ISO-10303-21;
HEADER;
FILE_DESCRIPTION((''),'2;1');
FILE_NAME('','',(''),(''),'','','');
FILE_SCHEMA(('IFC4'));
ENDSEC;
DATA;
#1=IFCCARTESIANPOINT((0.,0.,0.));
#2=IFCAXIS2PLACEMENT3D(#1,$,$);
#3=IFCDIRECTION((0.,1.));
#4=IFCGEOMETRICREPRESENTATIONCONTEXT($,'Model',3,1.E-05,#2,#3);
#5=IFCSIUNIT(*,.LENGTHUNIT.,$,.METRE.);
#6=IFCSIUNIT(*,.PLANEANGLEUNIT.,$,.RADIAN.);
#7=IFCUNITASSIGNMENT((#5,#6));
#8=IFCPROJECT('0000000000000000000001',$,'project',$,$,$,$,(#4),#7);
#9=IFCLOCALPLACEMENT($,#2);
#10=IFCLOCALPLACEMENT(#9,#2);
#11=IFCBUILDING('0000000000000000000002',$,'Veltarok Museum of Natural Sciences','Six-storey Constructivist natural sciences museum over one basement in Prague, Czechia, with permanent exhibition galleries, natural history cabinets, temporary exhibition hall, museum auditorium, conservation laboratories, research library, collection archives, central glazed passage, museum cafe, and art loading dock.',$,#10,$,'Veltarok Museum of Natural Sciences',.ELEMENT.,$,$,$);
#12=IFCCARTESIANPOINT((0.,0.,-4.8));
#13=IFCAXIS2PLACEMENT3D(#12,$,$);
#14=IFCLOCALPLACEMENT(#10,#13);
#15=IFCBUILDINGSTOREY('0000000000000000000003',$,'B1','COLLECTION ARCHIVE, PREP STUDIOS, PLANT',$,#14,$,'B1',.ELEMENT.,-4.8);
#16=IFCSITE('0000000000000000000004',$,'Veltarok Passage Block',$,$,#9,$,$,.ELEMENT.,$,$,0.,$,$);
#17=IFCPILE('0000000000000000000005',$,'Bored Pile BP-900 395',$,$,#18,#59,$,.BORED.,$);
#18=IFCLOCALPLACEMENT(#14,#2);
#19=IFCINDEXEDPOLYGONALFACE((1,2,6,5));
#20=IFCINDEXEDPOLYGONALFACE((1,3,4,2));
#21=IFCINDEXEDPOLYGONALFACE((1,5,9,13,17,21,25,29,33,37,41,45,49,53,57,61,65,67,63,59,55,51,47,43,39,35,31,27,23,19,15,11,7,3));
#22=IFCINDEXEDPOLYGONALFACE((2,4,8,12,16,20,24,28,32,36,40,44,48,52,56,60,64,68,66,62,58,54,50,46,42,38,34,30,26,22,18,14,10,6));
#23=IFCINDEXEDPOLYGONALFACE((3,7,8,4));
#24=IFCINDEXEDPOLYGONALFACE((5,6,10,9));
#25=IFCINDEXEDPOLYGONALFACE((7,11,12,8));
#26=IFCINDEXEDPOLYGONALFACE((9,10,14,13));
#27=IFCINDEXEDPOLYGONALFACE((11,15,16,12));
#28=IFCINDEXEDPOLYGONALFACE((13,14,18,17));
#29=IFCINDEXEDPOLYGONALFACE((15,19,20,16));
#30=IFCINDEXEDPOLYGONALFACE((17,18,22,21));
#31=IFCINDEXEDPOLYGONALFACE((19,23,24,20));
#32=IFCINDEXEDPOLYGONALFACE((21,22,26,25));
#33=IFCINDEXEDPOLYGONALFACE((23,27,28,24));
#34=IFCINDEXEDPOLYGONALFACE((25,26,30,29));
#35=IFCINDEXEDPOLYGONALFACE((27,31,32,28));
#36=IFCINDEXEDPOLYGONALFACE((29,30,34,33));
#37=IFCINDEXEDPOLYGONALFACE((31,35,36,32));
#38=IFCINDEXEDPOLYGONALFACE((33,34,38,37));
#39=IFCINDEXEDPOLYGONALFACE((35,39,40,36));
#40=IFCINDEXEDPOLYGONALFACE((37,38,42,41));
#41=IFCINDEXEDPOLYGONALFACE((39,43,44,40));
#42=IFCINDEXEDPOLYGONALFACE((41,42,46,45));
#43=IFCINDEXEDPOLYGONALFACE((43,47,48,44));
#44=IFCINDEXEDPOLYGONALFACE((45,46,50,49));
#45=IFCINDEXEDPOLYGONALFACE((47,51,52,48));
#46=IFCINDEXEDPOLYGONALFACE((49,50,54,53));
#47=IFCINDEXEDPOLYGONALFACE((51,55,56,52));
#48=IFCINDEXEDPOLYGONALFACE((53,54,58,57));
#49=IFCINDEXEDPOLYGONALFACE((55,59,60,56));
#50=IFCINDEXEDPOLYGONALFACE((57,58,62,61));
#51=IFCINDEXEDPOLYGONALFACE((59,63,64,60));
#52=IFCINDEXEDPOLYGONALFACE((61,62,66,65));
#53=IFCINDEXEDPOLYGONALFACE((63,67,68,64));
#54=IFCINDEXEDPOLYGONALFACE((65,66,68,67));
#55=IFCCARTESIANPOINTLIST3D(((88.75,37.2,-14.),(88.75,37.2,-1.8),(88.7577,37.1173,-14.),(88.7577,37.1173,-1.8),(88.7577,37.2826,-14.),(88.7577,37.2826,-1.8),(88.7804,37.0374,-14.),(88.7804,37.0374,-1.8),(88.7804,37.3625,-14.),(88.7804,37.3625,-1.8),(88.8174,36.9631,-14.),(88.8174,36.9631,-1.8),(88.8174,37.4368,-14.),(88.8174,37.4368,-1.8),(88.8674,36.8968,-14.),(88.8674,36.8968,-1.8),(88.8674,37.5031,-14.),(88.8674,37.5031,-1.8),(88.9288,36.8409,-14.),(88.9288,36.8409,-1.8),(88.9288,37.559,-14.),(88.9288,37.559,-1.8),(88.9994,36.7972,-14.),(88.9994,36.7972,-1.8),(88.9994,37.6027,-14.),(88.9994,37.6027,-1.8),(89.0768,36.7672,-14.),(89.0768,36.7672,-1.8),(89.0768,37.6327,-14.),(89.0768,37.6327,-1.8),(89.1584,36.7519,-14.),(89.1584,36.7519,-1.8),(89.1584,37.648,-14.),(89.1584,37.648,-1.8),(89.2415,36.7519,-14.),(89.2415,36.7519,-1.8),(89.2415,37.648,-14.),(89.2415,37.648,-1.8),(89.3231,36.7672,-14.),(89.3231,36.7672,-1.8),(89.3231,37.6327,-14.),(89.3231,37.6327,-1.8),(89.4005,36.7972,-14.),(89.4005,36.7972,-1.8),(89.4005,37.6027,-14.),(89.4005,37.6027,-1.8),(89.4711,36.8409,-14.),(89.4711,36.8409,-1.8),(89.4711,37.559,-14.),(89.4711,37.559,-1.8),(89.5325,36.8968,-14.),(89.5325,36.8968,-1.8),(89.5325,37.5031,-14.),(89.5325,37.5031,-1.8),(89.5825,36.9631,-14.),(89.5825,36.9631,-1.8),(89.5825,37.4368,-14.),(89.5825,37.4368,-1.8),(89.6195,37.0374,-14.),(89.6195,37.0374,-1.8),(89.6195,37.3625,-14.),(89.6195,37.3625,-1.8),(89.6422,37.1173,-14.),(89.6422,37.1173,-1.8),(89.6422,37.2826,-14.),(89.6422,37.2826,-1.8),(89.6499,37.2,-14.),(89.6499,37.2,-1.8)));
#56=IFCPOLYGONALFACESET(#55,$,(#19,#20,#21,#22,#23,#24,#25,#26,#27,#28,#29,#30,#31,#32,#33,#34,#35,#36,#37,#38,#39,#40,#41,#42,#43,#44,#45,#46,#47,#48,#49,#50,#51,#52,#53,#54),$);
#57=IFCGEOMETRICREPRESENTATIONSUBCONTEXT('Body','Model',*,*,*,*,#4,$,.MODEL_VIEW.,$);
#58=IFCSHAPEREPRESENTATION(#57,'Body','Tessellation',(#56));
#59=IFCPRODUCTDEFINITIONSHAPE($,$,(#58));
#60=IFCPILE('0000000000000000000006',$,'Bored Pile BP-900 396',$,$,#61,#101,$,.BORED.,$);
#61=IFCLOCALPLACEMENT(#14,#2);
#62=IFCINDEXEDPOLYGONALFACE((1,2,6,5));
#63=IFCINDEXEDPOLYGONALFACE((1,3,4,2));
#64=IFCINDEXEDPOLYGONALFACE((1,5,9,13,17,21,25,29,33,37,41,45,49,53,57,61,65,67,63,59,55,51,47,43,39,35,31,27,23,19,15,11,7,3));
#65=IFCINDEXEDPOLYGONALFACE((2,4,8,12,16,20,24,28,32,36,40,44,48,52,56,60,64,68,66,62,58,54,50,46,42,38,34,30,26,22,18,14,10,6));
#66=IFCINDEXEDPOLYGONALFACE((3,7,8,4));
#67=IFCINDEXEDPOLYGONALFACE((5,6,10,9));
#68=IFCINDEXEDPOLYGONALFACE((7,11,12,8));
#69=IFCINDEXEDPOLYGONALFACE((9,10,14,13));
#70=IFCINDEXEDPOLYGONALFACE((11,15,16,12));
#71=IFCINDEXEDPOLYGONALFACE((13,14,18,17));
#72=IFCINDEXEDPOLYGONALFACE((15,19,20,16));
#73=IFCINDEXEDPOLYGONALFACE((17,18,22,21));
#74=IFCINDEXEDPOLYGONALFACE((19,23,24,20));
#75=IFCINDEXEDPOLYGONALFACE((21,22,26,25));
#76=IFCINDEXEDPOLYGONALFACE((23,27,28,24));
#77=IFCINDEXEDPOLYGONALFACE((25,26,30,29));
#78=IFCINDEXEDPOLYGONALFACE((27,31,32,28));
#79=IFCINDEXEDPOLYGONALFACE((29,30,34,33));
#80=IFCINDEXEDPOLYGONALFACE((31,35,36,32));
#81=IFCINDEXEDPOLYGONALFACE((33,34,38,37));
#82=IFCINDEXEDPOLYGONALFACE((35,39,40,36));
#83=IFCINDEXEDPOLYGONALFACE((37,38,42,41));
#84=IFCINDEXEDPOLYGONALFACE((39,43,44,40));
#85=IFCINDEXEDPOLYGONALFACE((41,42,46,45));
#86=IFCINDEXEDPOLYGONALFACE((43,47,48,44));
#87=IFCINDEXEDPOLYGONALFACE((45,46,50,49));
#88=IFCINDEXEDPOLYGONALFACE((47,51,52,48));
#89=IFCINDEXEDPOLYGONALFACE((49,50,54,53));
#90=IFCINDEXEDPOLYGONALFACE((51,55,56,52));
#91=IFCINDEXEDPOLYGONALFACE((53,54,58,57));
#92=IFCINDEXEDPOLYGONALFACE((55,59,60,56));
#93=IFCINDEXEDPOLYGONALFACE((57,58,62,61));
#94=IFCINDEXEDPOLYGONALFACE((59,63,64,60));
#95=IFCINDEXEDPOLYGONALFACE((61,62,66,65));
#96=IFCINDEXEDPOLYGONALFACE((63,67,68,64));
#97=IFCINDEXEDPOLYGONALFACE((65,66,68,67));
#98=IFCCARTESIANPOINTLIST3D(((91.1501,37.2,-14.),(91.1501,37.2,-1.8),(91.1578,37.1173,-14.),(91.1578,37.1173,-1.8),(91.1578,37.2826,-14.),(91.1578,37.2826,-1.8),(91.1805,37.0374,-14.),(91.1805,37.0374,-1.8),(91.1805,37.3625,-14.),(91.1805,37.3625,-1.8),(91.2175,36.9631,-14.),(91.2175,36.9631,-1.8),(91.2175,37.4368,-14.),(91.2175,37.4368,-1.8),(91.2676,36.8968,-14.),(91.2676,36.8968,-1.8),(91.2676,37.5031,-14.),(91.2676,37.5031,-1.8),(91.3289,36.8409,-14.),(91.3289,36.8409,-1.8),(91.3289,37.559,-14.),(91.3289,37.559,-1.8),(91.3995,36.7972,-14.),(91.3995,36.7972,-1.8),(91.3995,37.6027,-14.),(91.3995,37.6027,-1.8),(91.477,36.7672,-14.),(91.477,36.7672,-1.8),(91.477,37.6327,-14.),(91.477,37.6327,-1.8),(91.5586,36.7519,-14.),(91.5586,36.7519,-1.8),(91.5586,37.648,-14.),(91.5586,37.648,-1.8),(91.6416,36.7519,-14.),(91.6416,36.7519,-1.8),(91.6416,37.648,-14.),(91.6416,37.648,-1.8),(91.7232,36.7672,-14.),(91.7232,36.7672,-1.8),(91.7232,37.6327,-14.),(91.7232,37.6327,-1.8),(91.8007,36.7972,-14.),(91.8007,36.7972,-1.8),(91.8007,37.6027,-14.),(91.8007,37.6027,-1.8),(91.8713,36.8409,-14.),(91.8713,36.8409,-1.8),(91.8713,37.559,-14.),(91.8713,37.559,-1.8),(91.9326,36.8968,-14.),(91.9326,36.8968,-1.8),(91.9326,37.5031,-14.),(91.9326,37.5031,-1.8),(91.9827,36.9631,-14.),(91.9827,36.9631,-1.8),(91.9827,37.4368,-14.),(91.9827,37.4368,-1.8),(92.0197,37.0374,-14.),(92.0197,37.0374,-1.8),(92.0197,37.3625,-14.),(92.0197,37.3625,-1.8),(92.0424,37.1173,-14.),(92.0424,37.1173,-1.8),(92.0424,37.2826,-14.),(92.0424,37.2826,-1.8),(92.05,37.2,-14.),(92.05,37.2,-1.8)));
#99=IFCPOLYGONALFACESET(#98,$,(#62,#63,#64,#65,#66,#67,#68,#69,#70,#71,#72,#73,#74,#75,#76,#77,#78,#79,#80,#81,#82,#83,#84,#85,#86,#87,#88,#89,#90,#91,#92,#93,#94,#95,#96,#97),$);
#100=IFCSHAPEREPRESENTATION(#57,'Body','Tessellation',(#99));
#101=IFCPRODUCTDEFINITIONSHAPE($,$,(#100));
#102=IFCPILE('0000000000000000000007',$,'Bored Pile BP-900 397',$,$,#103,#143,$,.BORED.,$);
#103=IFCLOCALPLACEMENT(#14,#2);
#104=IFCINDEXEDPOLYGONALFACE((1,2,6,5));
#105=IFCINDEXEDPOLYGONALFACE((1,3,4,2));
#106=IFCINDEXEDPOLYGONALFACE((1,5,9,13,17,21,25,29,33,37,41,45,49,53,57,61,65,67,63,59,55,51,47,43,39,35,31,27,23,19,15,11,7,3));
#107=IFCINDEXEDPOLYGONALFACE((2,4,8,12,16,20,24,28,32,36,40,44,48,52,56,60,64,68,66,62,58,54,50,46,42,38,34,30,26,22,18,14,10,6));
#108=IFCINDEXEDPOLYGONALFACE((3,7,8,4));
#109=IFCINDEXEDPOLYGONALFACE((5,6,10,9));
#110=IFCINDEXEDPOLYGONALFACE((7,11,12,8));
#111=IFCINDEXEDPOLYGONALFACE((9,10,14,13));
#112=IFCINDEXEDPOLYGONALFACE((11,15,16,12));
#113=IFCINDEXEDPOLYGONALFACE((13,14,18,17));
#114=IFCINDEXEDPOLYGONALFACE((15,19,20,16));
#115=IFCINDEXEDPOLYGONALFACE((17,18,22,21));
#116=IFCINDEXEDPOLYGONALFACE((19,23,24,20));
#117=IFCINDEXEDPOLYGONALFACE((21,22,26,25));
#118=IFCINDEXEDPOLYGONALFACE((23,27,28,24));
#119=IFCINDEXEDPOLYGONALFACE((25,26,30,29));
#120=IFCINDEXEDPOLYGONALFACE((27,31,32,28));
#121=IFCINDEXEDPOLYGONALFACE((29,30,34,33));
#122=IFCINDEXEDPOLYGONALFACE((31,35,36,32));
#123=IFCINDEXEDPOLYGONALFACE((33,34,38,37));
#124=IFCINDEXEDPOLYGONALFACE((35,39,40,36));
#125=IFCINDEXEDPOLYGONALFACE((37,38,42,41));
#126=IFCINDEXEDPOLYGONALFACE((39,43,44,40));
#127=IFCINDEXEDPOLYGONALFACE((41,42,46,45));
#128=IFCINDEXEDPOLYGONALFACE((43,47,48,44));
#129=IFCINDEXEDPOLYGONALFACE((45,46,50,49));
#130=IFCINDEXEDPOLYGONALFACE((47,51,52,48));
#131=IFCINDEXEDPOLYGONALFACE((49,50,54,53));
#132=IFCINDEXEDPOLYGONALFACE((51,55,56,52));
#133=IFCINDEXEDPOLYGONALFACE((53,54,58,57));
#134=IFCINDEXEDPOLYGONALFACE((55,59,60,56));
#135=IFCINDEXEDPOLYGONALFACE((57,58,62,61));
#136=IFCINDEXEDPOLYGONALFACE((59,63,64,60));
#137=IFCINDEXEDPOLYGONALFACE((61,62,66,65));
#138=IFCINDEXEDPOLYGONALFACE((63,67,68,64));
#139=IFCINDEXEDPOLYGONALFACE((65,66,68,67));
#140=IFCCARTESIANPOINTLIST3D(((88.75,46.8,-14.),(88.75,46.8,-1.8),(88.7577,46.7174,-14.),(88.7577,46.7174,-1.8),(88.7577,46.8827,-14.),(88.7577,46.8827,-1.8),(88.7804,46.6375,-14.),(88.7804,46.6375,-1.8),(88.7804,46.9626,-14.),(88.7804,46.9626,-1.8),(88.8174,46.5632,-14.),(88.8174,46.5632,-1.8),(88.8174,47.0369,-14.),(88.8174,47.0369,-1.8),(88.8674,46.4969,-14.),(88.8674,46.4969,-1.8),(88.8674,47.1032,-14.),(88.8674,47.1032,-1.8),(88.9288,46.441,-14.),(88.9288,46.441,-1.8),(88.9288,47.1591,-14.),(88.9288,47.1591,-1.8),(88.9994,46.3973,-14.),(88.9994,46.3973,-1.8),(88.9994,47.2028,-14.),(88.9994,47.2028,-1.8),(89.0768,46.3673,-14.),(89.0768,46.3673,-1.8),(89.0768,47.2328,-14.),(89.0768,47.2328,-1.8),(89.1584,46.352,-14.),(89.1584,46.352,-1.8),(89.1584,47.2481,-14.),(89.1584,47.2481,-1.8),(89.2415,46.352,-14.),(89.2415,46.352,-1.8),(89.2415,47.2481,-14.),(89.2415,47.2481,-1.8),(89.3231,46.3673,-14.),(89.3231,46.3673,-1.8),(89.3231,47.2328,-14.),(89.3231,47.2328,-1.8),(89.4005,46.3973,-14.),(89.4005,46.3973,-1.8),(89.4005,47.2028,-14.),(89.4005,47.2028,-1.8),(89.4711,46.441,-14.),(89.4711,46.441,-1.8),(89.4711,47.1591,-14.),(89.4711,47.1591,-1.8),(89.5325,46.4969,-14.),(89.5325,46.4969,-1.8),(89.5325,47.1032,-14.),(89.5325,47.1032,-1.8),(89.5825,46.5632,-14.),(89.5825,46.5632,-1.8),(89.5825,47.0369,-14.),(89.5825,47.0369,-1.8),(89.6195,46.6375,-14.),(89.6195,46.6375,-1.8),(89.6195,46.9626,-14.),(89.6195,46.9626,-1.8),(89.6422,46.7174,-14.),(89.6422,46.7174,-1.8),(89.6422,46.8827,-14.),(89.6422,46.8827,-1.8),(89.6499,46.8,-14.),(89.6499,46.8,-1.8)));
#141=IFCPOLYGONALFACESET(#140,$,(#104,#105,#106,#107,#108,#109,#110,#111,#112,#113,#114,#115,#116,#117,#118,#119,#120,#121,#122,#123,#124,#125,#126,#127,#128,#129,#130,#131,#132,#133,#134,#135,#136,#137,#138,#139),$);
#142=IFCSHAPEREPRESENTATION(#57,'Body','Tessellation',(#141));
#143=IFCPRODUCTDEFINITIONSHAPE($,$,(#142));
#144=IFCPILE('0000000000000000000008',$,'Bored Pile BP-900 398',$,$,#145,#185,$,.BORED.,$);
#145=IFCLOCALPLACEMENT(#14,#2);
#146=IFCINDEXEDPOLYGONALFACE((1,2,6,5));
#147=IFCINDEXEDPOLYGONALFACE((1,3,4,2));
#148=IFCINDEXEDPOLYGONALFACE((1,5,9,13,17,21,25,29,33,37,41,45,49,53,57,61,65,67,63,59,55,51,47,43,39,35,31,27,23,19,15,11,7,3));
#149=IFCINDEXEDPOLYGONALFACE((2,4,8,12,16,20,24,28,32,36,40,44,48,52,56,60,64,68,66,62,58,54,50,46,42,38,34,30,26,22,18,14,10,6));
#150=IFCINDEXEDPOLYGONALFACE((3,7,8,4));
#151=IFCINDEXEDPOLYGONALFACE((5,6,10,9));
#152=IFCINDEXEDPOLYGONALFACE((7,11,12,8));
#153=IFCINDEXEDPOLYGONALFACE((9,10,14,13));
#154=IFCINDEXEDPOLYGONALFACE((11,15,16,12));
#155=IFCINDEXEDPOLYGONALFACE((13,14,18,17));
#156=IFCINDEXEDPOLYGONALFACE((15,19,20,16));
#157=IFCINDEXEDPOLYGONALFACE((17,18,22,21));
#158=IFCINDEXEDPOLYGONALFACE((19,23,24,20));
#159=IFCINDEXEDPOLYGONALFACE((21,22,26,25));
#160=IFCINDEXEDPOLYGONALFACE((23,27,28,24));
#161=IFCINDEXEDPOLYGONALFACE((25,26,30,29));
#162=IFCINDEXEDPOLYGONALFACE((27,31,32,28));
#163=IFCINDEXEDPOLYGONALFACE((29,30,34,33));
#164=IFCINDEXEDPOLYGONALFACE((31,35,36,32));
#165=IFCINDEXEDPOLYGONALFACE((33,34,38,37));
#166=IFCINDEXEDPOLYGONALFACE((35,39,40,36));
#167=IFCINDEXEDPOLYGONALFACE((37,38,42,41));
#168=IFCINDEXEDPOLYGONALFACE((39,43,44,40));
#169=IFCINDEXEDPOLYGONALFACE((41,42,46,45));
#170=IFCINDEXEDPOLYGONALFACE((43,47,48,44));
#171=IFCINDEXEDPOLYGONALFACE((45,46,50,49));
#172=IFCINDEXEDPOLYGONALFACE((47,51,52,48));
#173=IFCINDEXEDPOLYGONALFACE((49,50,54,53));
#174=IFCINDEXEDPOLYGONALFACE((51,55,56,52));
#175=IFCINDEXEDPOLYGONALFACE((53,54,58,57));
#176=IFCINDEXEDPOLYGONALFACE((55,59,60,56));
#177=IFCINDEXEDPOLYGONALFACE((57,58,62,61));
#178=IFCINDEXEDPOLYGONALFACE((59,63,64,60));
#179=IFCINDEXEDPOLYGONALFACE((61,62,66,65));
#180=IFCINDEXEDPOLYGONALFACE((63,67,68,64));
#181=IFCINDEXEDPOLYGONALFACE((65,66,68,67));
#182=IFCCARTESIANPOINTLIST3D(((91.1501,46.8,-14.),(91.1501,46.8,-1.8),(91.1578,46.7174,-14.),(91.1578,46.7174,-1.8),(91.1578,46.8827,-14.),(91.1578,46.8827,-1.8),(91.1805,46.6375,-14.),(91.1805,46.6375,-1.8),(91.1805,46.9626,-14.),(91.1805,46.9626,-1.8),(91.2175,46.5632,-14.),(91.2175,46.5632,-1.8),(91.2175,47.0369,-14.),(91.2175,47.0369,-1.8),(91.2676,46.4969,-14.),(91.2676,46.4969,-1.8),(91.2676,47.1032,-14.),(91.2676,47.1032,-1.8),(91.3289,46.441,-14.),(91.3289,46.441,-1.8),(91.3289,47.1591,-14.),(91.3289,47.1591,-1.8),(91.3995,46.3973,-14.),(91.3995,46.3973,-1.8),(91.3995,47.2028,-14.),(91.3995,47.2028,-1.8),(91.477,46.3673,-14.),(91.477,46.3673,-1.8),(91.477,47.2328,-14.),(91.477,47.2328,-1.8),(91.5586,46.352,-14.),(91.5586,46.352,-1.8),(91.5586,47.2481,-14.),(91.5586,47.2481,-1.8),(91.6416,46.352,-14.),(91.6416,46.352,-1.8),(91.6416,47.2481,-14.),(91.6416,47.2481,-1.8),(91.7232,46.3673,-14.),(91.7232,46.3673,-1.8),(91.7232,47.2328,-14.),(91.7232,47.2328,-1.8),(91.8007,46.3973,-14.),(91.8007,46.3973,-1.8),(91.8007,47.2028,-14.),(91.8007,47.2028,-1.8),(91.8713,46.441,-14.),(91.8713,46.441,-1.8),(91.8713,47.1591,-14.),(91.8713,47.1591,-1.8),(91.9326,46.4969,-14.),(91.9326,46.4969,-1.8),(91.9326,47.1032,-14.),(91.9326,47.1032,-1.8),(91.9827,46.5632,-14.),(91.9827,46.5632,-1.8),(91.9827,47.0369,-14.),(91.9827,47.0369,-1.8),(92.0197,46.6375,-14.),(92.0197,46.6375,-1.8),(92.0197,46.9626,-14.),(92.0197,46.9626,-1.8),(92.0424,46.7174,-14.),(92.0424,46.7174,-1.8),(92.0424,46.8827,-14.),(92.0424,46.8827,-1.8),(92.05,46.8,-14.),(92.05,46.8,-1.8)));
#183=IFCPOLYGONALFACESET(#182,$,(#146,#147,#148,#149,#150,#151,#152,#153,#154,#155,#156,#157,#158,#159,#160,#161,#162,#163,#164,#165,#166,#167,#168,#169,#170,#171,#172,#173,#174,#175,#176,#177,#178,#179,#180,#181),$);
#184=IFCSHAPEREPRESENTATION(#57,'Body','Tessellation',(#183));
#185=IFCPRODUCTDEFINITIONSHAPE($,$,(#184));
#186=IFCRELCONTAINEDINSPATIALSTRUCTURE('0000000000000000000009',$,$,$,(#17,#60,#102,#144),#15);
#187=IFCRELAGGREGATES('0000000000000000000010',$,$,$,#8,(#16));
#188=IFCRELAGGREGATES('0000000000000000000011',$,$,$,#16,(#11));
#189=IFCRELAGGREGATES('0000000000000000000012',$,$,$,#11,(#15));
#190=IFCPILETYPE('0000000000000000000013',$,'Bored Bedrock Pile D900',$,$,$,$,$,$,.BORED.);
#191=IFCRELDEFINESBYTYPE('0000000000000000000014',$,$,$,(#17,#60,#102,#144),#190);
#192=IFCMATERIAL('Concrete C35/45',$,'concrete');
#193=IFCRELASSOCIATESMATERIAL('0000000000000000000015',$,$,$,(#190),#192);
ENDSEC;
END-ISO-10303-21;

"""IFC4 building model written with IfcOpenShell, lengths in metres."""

from ifc_helpers import new_model, si_unit, direction, frame, origin, origin_2d, place, context, subcontext, project, spatial, circle, extrude, material, material_profile, profile_set, type_object, element, save


model = new_model("IFC4")

# Units and contexts
model_context = context("Model", 3, precision=1e-05, world=origin(), true_north=direction((0.0, 1.0)))
body_context = subcontext(model_context, "Body", "Model", "MODEL_VIEW")
ifc_project = project(units=[si_unit("LENGTHUNIT", "METRE"), si_unit("PLANEANGLEUNIT", "RADIAN")], contexts=[model_context])

# Site, building, storey
site_placement = place(None, origin())
site = spatial("IfcSite", under=ifc_project, at=site_placement, Name="Veltarok Passage Block", CompositionType="ELEMENT", RefElevation=0.0)
building_placement = place(site_placement, origin())
building = spatial("IfcBuilding", under=site, at=building_placement, Name="Veltarok Museum of Natural Sciences", Description="Six-storey Constructivist natural sciences museum over one basement in Prague, Czechia, with permanent exhibition galleries, natural history cabinets, temporary exhibition hall, museum auditorium, conservation laboratories, research library, collection archives, central glazed passage, museum cafe, and art loading dock.", LongName="Veltarok Museum of Natural Sciences", CompositionType="ELEMENT")
storey_placement = place(building_placement, frame((0.0, 0.0, -4.8)))
storey = spatial("IfcBuildingStorey", under=building, at=storey_placement, Name="B1", Description="COLLECTION ARCHIVE, PREP STUDIOS, PLANT", LongName="B1", CompositionType="ELEMENT", Elevation=-4.8)

# Piles
ifc_material_1 = material(Name="Concrete C35/45", Category="concrete")
ifc_material_profile_1 = material_profile(ifc_material_1, circle(Radius=0.45, at=origin_2d()), Name="BP D900")
ifc_profile_set_1 = profile_set([ifc_material_profile_1], Name="Concrete C35/45")
pile_type = type_object("IfcPileType", Name="Bored Bedrock Pile D900", PredefinedType="BORED", material=ifc_profile_set_1)
for number, where, z_axis, x_axis, name in (
    (1, (89.2, 37.2, -1.8), (0.0, 0.0, -1.0), (1.0, 0.0, 0.0), "Bored Pile BP-900 395"),
    (2, (91.6001, 37.2, -1.8), (0.0, 0.0, -1.0), (1.0, 0.0, 0.0), "Bored Pile BP-900 396"),
    (3, (89.2, 46.8, -1.8), (0.0, 0.0, -1.0), (1.0, 0.0, 0.0), "Bored Pile BP-900 397"),
    (4, (91.6001, 46.8, -1.8), (0.0, 0.0, -1.0), (1.0, 0.0, 0.0), "Bored Pile BP-900 398"),
):
    element("IfcPile", number, at=place(storey_placement, frame(where, z_axis=z_axis, x_axis=x_axis)), inside=storey, type_object=pile_type, Name=name, PredefinedType="BORED", context=body_context, shape_type="SweptSolid", body=[
        extrude(circle(Radius=0.45, at=origin_2d()), origin(), (0.0, 0.0, 1.0), 12.2),
    ])

save(model, "model.ifc")
